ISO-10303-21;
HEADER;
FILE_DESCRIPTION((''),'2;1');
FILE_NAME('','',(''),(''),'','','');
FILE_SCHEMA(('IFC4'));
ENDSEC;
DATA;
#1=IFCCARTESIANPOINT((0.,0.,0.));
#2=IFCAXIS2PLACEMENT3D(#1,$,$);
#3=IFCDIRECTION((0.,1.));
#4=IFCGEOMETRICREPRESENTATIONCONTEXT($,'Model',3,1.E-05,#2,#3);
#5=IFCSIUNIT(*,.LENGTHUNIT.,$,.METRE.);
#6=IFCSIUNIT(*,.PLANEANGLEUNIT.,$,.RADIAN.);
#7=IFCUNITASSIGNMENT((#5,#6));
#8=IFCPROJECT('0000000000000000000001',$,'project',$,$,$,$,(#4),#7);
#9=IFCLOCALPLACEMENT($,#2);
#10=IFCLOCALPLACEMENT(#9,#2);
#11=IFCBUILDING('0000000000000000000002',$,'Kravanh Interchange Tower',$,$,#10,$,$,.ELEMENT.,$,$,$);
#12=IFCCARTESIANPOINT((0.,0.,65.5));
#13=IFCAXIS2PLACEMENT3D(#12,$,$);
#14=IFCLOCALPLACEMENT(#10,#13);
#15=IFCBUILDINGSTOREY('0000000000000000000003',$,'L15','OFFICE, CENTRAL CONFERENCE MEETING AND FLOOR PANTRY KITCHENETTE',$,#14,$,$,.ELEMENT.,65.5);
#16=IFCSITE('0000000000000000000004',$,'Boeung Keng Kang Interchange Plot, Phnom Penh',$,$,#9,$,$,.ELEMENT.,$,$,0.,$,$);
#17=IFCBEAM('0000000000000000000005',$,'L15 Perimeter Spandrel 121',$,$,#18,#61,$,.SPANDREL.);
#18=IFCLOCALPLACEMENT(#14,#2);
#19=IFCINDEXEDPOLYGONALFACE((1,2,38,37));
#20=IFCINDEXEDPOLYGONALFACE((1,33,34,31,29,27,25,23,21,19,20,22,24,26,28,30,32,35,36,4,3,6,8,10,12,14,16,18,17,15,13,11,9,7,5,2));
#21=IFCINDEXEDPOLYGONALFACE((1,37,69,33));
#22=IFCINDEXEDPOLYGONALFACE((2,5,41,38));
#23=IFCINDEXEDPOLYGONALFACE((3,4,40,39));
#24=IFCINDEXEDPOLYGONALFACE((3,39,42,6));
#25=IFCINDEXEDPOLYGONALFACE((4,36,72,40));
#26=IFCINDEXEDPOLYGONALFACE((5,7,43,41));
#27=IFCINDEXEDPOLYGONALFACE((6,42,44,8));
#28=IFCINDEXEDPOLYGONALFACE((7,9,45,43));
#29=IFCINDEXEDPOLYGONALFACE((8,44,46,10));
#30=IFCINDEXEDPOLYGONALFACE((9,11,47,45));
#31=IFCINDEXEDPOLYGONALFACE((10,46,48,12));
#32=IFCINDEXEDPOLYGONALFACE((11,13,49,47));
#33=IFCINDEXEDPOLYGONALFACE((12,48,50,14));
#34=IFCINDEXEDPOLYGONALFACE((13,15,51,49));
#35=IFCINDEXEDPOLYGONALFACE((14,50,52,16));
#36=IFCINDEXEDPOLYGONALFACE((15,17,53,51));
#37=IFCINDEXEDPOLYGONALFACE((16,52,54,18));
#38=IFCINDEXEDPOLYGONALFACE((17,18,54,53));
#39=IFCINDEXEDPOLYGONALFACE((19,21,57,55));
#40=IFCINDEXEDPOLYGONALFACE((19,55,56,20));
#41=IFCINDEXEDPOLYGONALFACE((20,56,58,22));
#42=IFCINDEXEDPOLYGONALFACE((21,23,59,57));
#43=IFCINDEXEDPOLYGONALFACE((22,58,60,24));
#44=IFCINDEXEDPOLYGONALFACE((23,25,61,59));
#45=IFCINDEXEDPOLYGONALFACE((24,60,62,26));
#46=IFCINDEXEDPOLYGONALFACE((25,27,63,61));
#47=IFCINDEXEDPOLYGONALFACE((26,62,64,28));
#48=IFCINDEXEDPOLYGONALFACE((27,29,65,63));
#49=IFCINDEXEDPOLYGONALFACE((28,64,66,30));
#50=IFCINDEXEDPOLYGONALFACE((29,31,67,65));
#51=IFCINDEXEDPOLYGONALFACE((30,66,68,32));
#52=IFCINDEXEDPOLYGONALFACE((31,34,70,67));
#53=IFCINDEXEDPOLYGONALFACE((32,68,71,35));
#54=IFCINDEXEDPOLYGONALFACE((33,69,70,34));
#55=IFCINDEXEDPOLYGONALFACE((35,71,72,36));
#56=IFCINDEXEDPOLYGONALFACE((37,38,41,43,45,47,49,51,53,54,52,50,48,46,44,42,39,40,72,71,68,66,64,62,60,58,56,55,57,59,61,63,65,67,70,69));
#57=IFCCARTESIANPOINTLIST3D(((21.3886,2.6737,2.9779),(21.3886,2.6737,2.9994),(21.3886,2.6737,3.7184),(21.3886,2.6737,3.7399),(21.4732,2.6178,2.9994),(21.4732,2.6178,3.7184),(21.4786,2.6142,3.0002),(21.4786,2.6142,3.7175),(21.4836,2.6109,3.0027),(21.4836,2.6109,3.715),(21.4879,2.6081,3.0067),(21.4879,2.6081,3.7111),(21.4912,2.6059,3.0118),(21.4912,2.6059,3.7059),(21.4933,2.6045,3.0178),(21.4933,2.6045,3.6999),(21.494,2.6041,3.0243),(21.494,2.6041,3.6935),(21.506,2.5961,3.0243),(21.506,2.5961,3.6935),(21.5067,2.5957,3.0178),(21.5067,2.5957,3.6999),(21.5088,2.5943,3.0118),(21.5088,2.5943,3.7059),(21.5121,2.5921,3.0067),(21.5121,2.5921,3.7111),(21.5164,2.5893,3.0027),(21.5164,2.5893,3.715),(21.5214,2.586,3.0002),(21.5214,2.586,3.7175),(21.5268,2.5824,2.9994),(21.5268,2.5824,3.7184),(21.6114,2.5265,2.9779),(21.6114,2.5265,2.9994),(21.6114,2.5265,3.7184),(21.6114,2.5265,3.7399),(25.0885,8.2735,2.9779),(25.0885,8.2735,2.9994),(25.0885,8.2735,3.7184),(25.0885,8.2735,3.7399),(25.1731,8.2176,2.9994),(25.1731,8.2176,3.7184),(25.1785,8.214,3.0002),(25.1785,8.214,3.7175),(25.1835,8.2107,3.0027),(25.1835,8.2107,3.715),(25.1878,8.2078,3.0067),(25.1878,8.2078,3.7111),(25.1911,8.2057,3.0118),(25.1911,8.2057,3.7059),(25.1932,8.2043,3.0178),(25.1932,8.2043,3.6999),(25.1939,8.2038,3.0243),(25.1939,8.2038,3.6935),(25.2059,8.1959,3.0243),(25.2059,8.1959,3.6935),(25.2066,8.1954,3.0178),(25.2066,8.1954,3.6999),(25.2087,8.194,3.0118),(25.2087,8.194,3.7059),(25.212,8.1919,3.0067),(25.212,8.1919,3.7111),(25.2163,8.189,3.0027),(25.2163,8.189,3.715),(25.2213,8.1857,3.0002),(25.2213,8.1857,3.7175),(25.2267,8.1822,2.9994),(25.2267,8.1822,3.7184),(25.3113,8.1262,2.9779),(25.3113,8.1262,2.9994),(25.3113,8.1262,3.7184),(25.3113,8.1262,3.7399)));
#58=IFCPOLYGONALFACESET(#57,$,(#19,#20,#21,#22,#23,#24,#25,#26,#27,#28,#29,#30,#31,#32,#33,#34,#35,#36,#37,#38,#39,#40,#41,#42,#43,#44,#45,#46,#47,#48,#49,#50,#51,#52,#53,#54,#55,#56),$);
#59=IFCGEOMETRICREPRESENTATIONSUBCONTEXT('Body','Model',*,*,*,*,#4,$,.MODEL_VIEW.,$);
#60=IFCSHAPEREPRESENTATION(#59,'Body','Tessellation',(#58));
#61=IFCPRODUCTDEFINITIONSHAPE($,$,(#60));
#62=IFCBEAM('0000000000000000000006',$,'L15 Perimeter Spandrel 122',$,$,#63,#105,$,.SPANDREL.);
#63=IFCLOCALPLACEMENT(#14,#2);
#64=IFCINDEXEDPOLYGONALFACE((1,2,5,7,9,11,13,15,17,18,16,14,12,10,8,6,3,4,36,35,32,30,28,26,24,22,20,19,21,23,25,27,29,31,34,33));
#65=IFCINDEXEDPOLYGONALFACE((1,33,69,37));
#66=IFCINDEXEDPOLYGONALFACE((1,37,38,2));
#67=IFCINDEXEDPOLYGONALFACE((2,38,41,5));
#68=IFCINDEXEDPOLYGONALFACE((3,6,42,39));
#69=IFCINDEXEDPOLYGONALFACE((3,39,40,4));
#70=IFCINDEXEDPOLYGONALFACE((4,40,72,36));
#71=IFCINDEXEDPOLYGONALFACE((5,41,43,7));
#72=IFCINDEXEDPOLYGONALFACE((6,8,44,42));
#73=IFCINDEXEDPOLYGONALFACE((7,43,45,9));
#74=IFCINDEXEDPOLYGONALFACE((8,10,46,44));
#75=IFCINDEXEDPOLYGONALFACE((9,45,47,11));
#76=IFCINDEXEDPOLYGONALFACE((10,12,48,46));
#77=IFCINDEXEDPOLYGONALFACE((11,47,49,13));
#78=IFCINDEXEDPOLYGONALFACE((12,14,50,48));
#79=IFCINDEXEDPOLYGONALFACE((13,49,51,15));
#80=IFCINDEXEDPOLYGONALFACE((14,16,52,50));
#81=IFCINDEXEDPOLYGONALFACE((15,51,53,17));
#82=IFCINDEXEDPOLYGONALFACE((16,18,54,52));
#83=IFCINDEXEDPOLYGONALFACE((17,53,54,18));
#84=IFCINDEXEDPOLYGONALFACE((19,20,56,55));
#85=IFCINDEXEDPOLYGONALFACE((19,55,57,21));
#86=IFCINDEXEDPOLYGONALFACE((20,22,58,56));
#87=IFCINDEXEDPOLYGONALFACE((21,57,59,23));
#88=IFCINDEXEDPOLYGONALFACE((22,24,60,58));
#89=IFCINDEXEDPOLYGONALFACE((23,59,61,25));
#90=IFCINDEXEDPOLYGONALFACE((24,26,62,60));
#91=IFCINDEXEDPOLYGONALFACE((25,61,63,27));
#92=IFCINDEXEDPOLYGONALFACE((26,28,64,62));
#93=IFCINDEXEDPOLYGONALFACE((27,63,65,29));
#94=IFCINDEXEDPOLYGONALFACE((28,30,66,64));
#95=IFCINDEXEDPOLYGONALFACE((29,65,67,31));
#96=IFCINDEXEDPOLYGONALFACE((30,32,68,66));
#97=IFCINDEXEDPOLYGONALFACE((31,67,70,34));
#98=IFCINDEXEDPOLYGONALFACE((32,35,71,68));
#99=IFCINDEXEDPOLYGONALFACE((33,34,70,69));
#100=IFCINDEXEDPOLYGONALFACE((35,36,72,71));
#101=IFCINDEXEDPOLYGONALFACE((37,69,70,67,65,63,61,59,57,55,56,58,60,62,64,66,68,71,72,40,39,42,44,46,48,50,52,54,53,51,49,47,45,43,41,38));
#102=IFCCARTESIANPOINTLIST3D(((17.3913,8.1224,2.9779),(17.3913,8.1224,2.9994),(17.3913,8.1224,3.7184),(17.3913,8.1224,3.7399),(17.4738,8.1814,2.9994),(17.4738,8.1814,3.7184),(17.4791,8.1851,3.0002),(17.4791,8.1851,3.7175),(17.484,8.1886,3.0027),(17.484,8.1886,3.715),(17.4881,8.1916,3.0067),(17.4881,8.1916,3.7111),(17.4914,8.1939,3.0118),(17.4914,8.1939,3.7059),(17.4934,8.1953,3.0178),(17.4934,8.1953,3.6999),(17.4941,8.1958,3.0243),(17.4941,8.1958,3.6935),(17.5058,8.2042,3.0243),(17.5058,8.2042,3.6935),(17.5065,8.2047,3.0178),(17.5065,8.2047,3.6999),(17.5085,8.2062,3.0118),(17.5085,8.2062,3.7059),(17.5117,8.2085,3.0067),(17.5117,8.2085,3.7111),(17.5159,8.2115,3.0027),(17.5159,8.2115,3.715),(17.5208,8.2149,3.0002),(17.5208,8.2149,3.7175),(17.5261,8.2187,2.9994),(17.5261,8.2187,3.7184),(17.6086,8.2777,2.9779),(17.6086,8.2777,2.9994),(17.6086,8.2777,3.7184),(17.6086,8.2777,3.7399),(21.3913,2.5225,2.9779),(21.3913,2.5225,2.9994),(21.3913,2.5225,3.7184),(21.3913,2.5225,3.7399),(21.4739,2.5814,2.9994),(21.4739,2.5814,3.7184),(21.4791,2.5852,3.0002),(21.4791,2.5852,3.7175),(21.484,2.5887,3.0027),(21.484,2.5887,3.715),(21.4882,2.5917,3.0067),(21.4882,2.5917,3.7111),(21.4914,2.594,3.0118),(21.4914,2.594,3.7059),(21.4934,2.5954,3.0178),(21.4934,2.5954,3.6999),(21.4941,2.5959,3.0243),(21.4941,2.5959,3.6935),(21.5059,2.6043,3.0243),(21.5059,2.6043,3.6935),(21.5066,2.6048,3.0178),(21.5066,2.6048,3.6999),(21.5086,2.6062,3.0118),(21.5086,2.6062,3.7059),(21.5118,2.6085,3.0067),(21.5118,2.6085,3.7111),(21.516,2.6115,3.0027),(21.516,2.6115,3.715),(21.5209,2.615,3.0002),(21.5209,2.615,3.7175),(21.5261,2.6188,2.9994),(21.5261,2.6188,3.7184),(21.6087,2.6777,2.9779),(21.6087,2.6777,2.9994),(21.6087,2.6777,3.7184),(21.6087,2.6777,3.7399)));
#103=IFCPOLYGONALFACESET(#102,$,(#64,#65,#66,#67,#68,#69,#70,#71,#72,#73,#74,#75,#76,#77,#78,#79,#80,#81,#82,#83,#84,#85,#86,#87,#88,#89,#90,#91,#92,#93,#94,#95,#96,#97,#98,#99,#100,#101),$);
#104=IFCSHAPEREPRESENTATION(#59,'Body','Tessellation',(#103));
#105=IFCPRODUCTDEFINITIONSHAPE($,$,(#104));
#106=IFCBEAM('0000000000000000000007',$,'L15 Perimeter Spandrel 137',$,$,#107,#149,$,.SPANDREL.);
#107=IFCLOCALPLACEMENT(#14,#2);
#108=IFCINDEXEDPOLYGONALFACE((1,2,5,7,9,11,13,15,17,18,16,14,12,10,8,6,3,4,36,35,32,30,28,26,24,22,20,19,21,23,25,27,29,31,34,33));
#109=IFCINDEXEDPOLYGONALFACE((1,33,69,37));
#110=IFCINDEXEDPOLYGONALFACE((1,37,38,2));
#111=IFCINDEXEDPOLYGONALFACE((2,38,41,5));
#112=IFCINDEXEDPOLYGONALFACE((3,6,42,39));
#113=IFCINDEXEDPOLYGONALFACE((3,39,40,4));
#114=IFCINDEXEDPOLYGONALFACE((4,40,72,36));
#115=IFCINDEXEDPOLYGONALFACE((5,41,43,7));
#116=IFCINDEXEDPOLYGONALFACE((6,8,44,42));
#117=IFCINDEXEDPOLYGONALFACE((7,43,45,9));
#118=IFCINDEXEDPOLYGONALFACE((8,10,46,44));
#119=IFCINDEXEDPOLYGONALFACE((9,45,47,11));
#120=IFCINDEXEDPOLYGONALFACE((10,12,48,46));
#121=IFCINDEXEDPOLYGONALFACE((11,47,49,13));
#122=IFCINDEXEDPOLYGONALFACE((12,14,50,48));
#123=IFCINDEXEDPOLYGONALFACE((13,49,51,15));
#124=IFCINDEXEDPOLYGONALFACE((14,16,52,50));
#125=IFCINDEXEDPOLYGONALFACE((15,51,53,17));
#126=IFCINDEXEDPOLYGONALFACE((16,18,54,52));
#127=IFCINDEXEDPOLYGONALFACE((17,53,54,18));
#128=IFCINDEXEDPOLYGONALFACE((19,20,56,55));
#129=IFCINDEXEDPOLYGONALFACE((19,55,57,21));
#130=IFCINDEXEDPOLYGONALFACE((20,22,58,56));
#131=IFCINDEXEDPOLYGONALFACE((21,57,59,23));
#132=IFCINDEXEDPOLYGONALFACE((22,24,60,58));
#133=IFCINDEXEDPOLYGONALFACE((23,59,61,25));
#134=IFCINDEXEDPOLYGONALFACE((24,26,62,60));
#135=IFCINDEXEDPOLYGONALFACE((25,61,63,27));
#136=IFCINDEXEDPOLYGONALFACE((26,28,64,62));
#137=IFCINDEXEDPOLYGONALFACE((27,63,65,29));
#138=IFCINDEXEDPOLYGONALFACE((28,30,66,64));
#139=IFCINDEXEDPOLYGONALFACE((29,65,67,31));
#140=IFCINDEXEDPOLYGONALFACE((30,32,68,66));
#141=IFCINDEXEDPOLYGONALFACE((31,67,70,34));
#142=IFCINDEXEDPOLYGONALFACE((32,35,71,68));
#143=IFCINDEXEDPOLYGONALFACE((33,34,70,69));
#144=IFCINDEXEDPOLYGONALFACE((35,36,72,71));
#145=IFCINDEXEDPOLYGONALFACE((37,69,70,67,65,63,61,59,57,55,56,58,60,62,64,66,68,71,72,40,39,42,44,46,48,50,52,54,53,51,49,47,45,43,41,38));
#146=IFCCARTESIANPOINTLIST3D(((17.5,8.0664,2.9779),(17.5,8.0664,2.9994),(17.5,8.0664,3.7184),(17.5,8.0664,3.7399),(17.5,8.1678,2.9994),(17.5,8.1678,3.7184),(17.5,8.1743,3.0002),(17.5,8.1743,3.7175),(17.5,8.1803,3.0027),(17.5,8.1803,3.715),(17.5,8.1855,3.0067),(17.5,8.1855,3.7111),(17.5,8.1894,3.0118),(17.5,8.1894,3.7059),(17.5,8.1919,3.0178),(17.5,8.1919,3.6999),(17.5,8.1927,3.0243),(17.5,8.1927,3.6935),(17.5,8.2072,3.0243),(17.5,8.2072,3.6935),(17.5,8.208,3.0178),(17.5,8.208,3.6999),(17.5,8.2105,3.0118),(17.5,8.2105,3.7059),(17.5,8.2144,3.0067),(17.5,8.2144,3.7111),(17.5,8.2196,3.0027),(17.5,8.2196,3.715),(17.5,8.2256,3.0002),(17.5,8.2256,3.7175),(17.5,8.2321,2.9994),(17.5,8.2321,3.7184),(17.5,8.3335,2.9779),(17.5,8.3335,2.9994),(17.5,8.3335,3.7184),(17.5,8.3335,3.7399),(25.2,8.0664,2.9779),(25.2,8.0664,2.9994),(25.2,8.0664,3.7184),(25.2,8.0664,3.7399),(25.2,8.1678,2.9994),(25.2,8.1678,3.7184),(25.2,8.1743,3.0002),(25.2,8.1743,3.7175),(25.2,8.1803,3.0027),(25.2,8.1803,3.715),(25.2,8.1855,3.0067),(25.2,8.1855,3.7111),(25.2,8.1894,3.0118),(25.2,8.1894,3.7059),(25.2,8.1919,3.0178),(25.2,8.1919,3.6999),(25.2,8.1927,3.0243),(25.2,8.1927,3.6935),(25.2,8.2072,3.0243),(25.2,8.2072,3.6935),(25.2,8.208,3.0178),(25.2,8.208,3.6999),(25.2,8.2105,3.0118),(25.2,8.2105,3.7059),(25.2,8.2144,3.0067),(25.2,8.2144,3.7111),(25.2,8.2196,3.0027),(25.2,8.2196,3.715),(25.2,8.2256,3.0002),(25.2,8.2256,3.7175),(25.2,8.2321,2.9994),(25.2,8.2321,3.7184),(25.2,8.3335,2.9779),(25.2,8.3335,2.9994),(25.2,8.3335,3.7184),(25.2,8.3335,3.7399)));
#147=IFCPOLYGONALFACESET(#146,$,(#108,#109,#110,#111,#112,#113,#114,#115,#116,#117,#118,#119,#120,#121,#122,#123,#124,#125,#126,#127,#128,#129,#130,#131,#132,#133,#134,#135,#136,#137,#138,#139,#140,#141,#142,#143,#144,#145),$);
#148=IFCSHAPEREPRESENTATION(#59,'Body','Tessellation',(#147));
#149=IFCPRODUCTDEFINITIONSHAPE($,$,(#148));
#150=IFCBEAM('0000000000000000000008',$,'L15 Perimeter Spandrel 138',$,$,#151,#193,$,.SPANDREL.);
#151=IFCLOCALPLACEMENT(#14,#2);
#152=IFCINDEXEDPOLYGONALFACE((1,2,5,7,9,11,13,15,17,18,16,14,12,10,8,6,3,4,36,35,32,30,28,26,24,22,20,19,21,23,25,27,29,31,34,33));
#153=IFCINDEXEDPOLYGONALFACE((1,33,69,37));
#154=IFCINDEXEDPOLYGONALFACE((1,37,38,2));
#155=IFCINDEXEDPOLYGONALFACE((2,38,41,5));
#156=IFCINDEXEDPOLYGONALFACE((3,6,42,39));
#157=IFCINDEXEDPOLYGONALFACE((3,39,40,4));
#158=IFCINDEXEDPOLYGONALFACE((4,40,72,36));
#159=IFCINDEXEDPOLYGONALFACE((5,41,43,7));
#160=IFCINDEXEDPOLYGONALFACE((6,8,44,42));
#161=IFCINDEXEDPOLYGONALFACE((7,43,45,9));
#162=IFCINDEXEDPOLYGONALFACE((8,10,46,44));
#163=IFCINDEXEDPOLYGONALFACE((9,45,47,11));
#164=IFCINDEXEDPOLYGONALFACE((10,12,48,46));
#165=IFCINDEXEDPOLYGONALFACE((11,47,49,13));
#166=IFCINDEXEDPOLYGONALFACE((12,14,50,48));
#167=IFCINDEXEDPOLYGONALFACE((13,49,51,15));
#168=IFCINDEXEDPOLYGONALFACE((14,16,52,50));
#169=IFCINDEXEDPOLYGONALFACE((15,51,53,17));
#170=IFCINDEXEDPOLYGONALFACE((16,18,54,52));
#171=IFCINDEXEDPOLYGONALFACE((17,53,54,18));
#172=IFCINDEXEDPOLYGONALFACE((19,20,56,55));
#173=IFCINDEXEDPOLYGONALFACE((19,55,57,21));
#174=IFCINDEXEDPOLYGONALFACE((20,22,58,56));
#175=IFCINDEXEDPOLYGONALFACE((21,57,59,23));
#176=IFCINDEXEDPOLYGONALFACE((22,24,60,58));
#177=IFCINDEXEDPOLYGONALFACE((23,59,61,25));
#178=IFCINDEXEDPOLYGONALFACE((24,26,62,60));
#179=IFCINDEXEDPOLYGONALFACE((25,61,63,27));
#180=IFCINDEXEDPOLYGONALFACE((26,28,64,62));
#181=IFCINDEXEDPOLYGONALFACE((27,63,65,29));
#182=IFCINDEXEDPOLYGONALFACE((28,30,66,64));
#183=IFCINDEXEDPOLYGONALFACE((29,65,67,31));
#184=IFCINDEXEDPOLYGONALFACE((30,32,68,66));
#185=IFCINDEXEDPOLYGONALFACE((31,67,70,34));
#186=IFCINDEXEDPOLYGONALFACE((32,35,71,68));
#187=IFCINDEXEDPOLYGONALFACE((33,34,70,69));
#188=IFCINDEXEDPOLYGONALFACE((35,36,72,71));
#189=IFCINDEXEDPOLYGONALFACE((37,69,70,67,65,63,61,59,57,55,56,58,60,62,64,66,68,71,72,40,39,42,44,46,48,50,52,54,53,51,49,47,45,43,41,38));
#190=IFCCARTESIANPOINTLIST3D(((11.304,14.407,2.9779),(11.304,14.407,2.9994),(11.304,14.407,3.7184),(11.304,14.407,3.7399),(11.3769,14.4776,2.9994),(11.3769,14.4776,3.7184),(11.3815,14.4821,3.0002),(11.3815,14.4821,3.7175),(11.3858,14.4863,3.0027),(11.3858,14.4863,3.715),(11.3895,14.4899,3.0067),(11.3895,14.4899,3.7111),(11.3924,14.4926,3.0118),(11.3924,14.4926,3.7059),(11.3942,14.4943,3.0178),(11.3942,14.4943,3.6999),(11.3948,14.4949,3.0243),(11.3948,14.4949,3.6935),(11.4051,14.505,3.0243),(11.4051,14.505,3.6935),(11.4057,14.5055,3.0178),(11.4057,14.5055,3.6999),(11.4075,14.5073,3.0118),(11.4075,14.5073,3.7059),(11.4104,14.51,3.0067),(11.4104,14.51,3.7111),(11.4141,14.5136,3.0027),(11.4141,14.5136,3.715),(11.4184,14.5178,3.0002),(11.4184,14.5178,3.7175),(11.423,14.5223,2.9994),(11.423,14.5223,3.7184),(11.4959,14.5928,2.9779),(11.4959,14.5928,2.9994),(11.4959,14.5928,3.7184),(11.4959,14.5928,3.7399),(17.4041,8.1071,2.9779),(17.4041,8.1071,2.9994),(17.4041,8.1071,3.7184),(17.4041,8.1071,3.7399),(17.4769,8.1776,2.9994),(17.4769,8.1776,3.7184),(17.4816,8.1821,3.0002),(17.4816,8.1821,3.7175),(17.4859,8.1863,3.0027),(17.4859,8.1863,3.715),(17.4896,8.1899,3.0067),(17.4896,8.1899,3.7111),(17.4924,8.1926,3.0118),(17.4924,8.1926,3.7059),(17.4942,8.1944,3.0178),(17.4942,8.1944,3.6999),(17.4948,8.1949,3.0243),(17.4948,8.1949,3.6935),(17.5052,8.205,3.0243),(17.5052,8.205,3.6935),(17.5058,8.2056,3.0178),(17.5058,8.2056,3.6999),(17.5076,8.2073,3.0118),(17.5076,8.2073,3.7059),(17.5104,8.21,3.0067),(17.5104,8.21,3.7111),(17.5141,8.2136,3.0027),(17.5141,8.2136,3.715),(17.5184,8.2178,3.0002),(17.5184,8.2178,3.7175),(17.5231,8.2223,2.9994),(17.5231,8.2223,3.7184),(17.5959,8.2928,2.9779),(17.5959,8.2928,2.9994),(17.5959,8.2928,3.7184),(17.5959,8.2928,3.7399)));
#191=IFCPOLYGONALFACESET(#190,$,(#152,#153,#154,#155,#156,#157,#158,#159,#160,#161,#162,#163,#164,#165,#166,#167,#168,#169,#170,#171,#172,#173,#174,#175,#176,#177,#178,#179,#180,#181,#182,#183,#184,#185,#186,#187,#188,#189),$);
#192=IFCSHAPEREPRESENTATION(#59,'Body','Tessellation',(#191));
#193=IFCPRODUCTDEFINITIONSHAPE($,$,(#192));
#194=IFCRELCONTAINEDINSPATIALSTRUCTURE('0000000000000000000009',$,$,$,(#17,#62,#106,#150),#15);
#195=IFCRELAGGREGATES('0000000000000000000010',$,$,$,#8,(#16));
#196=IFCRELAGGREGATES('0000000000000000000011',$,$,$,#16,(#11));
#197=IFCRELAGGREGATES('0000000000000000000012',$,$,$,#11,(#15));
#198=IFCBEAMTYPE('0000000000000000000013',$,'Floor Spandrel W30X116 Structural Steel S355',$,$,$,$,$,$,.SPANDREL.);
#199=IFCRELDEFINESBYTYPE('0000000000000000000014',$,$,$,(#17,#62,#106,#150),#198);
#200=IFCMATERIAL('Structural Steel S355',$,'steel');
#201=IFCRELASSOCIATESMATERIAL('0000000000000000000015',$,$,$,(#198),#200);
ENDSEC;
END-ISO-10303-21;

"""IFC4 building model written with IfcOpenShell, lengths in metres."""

from ifc_helpers import new_model, si_unit, direction, frame, origin, origin_2d, place, context, subcontext, project, spatial, i_section, extrude, material, material_profile, profile_set, type_object, element, save


model = new_model("IFC4")

# Units and contexts
model_context = context("Model", 3, precision=1e-05, world=origin(), true_north=direction((0.0, 1.0)))
body_context = subcontext(model_context, "Body", "Model", "MODEL_VIEW")
ifc_project = project(units=[si_unit("LENGTHUNIT", "METRE"), si_unit("PLANEANGLEUNIT", "RADIAN")], contexts=[model_context])

# Site, building, storey
site_placement = place(None, origin())
site = spatial("IfcSite", under=ifc_project, at=site_placement, Name="Boeung Keng Kang Interchange Plot, Phnom Penh", CompositionType="ELEMENT", RefElevation=0.0)
building_placement = place(site_placement, origin())
building = spatial("IfcBuilding", under=site, at=building_placement, Name="Kravanh Interchange Tower", CompositionType="ELEMENT")
storey_placement = place(building_placement, frame((0.0, 0.0, 65.5)))
storey = spatial("IfcBuildingStorey", under=building, at=storey_placement, Name="L15", Description="OFFICE, CENTRAL CONFERENCE MEETING AND FLOOR PANTRY KITCHENETTE", CompositionType="ELEMENT", Elevation=65.5)

# Beams
ifc_material_1 = material(Name="Structural Steel S355", Category="steel")
ifc_material_profile_1 = material_profile(ifc_material_1, i_section(OverallWidth=0.2671, OverallDepth=0.762, WebThickness=0.0144, FlangeThickness=0.0215, FilletRadius=0.0249, at=origin_2d()), Name="W30X116")
ifc_profile_set_1 = profile_set([ifc_material_profile_1], Name="Structural Steel S355")
beam_type_1 = type_object("IfcBeamType", Name="Floor Spandrel W30X116 Structural Steel S355", PredefinedType="SPANDREL", material=ifc_profile_set_1)
beam_1_placement = place(storey_placement, frame((21.5, 2.6001, 3.3589), z_axis=(0.551262, 0.834332, 0.0), x_axis=(-0.834332, 0.551262, 0.0)))
element("IfcBeam", 1, at=beam_1_placement, inside=storey, type_object=beam_type_1, Name="L15 Perimeter Spandrel 121", PredefinedType="SPANDREL", context=body_context, shape_type="SweptSolid", body=[
    extrude(i_section(OverallWidth=0.2671, OverallDepth=0.762, WebThickness=0.0144, FlangeThickness=0.0215, FilletRadius=0.0249, at=origin_2d()), origin(), (0.0, 0.0, 1.0), 6.7117),
])
beam_2_placement = place(storey_placement, frame((21.5, 2.6001, 3.3589), z_axis=(-0.581248, 0.813726, 0.0), x_axis=(-0.813726, -0.581248, 0.0)))
element("IfcBeam", 2, at=beam_2_placement, inside=storey, type_object=beam_type_1, Name="L15 Perimeter Spandrel 122", PredefinedType="SPANDREL", context=body_context, shape_type="SweptSolid", body=[
    extrude(i_section(OverallWidth=0.2671, OverallDepth=0.762, WebThickness=0.0144, FlangeThickness=0.0215, FilletRadius=0.0249, at=origin_2d()), origin(), (0.0, 0.0, 1.0), 6.8818),
])
beam_3_placement = place(storey_placement, frame((17.5, 8.2, 3.3589), z_axis=(1.0, 0.0, 0.0), x_axis=(0.0, 1.0, 0.0)))
element("IfcBeam", 3, at=beam_3_placement, inside=storey, type_object=beam_type_1, Name="L15 Perimeter Spandrel 137", PredefinedType="SPANDREL", context=body_context, shape_type="SweptSolid", body=[
    extrude(i_section(OverallWidth=0.2671, OverallDepth=0.762, WebThickness=0.0144, FlangeThickness=0.0215, FilletRadius=0.0249, at=origin_2d()), origin(), (0.0, 0.0, 1.0), 7.7),
])
beam_4_placement = place(storey_placement, frame((17.5, 8.2, 3.3589), z_axis=(-0.695614, 0.718415, 0.0), x_axis=(-0.718415, -0.695614, 0.0)))
element("IfcBeam", 4, at=beam_4_placement, inside=storey, type_object=beam_type_1, Name="L15 Perimeter Spandrel 138", PredefinedType="SPANDREL", context=body_context, shape_type="SweptSolid", body=[
    extrude(i_section(OverallWidth=0.2671, OverallDepth=0.762, WebThickness=0.0144, FlangeThickness=0.0215, FilletRadius=0.0249, at=origin_2d()), origin(), (0.0, 0.0, 1.0), 8.7693),
])

save(model, "model.ifc")
